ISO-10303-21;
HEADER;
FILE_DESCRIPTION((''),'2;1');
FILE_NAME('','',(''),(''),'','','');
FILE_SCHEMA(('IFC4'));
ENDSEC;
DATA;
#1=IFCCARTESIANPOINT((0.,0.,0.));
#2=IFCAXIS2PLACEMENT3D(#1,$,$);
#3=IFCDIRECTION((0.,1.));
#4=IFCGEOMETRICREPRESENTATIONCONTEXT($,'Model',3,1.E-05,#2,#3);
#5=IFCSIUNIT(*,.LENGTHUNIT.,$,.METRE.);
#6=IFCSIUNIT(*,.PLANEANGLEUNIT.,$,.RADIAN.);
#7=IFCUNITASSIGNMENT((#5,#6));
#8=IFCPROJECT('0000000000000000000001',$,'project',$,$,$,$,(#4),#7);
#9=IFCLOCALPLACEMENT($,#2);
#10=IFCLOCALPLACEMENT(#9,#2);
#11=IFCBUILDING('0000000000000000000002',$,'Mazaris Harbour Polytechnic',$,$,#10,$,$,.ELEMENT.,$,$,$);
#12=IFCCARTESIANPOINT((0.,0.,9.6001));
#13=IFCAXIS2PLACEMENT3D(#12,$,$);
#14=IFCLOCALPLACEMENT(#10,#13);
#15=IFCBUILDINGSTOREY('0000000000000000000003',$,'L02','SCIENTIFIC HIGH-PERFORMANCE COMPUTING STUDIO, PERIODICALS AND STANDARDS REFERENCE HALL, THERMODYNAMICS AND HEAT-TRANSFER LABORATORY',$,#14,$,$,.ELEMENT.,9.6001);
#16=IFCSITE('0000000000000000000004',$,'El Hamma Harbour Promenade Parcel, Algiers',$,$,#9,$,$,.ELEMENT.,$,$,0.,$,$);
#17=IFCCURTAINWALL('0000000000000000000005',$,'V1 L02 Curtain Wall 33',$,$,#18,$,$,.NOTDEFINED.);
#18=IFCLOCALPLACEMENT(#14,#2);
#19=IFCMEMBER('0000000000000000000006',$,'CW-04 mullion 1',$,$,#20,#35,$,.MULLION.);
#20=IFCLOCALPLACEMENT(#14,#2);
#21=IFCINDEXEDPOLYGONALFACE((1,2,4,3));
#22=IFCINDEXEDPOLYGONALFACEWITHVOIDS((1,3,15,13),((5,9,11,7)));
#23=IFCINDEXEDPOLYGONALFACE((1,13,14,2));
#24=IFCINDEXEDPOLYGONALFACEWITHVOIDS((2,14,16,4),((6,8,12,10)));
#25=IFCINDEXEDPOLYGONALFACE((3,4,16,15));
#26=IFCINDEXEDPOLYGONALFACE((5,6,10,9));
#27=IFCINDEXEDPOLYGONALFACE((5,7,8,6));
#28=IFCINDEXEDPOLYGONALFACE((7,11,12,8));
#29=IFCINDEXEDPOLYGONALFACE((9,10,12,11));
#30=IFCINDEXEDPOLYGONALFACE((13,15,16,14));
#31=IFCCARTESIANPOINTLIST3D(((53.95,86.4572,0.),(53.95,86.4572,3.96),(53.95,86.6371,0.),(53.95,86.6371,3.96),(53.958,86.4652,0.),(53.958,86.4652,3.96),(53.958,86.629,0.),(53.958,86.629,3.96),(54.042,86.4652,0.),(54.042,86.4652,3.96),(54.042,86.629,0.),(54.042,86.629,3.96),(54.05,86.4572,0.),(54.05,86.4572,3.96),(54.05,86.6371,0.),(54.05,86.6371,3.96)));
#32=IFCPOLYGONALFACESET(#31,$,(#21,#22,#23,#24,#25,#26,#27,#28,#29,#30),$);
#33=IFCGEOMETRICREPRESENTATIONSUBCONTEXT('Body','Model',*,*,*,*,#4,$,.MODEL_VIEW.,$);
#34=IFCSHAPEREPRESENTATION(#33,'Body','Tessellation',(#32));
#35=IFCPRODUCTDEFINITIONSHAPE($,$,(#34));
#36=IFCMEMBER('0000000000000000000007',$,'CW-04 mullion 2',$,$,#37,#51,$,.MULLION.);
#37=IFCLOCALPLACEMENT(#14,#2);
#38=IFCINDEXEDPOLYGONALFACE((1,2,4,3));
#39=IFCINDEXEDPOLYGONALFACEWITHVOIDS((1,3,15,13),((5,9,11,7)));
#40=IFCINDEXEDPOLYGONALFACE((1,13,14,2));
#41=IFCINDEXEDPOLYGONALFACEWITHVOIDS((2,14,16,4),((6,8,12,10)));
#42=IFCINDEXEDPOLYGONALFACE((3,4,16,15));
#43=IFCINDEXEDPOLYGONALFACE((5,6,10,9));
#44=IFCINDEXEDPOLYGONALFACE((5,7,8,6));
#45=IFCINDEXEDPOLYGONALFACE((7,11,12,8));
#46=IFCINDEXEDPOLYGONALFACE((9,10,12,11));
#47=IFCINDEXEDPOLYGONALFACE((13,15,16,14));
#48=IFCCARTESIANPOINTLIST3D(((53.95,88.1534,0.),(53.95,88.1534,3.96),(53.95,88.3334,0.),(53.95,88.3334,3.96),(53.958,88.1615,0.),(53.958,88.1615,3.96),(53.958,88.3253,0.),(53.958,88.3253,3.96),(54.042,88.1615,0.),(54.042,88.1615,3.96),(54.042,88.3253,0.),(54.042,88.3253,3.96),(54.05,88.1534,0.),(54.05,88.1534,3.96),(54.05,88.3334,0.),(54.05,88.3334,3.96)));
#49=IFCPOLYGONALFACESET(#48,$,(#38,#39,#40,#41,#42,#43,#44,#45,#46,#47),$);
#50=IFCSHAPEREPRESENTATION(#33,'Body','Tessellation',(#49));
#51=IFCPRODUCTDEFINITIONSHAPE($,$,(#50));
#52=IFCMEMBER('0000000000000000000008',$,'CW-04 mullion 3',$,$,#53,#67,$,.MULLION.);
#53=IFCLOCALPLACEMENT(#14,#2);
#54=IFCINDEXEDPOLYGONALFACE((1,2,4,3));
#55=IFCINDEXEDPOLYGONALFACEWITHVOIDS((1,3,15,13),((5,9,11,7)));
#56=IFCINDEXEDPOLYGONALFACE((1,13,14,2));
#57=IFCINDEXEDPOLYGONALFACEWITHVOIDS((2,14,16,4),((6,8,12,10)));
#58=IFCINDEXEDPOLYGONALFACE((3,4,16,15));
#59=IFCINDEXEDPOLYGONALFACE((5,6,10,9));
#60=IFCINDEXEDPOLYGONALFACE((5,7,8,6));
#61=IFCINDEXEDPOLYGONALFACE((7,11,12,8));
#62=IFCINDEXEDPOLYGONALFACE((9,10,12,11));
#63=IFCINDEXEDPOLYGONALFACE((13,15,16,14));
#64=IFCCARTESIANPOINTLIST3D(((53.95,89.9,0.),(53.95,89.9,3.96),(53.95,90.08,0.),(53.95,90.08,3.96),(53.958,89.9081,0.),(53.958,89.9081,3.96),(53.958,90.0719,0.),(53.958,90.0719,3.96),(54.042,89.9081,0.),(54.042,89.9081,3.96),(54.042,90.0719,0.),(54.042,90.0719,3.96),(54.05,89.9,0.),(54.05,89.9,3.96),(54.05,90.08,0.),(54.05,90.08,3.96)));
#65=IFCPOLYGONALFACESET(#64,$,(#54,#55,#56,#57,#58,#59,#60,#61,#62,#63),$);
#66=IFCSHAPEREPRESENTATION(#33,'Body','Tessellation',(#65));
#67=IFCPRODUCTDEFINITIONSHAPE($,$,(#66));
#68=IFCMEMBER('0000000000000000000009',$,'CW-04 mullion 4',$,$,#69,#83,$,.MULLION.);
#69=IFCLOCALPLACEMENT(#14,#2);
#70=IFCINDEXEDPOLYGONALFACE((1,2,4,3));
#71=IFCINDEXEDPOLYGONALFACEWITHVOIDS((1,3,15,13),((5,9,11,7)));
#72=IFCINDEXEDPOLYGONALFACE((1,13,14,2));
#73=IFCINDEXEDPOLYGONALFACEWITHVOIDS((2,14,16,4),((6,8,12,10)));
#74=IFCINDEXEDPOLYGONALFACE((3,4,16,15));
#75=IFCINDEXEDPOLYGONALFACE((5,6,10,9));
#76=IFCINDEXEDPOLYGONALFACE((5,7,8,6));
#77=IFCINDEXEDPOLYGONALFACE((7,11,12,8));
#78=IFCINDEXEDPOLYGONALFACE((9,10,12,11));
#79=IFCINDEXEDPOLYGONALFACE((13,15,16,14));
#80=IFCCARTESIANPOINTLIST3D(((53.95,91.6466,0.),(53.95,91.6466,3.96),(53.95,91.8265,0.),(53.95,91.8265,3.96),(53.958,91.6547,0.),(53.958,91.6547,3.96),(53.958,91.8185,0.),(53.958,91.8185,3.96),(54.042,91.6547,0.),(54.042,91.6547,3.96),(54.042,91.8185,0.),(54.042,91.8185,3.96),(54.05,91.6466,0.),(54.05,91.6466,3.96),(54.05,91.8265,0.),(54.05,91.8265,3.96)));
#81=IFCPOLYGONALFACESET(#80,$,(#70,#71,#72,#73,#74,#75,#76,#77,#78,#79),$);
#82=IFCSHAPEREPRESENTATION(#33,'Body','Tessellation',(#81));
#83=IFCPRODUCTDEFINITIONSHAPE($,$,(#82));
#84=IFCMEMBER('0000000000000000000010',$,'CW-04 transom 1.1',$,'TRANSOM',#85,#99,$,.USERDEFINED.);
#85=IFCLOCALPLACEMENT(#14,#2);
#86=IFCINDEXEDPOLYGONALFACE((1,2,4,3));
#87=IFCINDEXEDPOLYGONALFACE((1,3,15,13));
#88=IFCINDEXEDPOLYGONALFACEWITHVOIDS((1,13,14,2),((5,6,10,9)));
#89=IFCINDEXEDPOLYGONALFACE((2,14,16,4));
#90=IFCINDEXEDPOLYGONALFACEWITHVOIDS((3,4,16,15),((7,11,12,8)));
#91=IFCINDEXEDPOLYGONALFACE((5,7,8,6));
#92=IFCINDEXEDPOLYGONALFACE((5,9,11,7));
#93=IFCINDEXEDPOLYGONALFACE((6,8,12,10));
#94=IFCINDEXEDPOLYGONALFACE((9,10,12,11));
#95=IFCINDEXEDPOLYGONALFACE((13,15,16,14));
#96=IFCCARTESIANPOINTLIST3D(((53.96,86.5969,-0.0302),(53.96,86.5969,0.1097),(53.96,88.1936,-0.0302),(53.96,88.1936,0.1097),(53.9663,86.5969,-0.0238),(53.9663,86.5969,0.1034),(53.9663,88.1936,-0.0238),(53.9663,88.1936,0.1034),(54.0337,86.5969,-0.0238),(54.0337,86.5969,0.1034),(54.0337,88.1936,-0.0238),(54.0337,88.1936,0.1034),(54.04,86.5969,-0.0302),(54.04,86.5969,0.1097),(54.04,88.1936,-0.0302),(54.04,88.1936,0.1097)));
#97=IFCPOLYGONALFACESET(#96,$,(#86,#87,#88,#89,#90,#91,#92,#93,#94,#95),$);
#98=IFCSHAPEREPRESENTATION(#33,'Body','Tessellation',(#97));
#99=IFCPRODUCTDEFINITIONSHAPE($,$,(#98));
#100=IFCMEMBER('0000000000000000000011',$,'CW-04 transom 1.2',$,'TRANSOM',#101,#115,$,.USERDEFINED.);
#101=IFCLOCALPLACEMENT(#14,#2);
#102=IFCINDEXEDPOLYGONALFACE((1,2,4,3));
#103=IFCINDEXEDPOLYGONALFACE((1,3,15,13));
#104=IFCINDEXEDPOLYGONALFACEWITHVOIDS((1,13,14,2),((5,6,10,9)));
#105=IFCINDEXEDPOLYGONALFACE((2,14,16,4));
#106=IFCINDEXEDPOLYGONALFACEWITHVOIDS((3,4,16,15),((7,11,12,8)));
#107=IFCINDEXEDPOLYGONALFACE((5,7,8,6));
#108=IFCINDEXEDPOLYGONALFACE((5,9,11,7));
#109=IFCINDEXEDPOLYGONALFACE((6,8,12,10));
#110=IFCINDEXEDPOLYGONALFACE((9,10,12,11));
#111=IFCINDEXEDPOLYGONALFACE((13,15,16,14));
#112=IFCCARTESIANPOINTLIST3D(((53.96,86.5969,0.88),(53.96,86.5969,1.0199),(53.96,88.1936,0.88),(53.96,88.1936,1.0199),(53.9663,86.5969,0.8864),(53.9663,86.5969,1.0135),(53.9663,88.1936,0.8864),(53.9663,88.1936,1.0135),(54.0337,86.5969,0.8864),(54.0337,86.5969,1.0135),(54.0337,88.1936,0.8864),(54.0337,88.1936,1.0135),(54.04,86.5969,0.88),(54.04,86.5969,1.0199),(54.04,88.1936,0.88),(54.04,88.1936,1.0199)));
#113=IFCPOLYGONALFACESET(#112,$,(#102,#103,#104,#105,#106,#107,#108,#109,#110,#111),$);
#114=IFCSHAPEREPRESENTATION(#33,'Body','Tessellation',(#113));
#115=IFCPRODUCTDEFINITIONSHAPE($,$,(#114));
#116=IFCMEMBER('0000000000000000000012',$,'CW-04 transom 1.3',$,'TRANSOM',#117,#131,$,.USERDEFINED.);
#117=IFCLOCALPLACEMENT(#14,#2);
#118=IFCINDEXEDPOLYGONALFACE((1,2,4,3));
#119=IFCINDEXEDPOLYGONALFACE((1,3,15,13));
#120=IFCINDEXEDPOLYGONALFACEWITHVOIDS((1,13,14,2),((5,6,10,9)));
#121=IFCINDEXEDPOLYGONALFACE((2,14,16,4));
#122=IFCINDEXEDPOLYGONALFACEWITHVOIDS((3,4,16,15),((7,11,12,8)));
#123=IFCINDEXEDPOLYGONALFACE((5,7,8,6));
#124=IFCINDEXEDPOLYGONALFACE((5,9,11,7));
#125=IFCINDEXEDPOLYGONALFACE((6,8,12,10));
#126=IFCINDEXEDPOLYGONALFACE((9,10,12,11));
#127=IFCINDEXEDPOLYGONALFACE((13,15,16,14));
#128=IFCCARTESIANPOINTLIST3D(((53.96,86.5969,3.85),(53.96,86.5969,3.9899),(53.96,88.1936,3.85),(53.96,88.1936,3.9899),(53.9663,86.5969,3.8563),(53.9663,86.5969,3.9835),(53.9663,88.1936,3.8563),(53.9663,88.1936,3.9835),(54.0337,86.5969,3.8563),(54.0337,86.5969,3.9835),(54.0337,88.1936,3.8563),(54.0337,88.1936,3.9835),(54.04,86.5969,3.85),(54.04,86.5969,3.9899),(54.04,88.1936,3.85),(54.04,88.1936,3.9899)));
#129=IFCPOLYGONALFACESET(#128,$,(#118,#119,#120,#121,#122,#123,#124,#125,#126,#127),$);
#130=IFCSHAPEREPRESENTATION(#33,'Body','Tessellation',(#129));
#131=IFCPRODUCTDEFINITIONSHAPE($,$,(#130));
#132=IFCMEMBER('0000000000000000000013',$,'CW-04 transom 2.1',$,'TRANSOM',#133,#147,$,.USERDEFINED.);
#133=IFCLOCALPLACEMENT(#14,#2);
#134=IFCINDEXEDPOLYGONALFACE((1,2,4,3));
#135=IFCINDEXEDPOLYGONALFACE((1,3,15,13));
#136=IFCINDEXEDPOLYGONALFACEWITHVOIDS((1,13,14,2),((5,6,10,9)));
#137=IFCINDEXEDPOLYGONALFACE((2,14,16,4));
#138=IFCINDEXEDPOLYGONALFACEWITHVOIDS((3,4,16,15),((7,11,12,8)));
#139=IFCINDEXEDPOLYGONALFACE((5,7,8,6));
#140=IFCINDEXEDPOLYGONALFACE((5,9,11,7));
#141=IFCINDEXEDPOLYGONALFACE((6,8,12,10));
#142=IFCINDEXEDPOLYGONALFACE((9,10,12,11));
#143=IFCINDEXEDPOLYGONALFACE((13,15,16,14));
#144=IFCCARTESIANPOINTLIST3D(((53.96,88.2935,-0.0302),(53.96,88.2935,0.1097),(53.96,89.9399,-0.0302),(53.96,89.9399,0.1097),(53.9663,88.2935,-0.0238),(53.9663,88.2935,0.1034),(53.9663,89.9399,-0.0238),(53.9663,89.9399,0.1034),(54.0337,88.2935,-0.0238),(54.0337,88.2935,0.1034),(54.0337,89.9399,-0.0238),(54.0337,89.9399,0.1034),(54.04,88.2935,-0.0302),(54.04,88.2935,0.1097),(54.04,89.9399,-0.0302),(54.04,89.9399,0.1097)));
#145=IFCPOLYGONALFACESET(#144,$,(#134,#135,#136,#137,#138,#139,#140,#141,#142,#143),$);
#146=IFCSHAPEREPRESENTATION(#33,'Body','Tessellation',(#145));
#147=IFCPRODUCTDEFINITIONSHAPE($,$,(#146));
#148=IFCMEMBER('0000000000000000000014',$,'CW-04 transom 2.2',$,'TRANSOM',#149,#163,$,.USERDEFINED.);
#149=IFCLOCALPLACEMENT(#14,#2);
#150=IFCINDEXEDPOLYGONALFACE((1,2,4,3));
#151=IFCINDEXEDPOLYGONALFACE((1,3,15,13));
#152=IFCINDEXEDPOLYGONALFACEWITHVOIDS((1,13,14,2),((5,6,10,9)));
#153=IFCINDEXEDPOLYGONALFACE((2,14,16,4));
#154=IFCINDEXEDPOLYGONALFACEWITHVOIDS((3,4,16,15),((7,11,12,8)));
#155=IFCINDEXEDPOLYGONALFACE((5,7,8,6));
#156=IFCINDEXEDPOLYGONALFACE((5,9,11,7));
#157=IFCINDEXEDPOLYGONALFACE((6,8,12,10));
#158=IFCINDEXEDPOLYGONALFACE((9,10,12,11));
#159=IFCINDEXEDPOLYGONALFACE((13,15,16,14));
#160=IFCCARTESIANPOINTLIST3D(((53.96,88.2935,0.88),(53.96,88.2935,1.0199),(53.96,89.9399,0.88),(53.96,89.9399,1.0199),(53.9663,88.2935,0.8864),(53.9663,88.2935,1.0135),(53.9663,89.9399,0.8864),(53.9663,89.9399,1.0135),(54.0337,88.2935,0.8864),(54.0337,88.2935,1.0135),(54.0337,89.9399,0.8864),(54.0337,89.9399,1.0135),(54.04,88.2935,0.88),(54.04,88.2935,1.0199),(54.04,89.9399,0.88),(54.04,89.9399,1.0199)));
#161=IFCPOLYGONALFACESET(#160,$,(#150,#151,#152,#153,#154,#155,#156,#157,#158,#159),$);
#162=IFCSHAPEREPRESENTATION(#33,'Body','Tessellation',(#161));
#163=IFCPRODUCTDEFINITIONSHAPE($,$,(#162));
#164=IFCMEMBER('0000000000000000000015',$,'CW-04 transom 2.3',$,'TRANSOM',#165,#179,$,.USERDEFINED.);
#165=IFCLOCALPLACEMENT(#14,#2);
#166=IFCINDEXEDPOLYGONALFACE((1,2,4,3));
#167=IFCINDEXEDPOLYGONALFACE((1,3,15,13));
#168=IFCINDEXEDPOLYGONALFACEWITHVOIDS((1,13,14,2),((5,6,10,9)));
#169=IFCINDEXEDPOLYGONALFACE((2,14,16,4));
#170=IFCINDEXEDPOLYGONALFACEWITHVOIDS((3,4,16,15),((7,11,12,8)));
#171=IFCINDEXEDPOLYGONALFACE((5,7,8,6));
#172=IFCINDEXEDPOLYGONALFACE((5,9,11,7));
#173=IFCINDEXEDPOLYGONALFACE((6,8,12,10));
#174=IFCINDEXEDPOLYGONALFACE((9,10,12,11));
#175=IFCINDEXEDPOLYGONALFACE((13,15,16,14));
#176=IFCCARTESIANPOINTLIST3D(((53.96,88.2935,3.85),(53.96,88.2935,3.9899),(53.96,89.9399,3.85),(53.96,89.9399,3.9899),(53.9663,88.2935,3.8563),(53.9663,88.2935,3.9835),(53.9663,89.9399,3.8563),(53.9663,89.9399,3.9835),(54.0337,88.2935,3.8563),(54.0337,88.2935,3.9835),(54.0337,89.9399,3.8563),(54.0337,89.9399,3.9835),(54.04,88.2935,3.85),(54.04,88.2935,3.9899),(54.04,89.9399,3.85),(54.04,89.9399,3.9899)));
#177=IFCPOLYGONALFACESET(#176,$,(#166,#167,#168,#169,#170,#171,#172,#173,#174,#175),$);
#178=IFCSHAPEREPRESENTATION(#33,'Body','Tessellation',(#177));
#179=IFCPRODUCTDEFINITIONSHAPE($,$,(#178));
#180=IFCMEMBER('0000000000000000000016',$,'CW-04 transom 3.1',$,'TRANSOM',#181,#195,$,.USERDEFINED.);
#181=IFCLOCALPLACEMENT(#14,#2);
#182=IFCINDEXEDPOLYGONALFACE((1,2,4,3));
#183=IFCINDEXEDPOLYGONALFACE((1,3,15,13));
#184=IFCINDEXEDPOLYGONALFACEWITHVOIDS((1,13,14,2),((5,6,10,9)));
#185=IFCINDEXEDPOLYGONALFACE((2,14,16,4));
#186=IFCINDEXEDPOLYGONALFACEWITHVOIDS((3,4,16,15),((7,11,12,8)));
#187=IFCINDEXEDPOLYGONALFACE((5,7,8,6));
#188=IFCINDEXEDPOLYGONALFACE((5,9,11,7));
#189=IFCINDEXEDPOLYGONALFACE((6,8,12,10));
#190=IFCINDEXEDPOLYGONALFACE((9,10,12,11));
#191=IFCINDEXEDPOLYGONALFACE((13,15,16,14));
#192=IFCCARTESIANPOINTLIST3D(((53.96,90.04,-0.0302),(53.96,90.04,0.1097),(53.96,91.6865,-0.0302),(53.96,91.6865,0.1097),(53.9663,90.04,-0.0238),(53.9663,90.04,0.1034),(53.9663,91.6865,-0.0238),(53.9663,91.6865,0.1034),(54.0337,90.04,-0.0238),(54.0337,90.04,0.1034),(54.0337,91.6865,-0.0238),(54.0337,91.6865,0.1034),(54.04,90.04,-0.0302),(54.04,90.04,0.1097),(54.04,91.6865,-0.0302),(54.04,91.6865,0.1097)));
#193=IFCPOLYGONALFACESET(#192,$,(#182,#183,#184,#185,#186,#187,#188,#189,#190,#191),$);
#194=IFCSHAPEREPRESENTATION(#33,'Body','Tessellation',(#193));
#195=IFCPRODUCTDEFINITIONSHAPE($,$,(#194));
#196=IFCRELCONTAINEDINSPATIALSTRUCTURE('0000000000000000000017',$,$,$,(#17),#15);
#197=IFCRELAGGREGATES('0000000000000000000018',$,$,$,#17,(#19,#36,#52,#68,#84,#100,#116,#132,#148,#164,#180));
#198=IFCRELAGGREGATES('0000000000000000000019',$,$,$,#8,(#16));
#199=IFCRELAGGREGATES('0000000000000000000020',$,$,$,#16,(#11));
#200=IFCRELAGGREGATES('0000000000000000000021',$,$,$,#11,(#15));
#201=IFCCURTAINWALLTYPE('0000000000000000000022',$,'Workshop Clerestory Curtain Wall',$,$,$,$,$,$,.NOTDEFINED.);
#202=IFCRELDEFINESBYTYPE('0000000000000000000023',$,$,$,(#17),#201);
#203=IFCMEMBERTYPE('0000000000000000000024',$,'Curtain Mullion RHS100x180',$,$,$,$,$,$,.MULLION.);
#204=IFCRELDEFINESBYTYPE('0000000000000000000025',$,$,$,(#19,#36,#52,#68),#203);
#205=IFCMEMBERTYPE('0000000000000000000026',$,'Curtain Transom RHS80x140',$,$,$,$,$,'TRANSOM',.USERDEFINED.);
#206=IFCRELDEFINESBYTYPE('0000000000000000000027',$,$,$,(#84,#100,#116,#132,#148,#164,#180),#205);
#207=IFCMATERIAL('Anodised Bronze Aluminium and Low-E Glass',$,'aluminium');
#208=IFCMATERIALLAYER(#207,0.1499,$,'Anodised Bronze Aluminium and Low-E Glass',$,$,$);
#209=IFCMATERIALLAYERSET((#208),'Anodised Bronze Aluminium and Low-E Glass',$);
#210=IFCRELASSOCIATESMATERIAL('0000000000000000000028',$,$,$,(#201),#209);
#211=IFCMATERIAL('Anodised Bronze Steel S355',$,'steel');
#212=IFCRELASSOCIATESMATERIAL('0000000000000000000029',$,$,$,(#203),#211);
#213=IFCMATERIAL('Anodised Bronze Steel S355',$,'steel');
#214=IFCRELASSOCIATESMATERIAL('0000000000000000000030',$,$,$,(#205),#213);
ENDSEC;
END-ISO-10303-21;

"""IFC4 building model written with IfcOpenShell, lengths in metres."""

from ifc_helpers import new_model, si_unit, direction, frame, origin, origin_2d, place, context, subcontext, project, spatial, hollow_rectangle, extrude, material, layer, layer_set, material_profile, profile_set, type_object, element, aggregate, save


model = new_model("IFC4")

# Units and contexts
model_context = context("Model", 3, precision=1e-05, world=origin(), true_north=direction((0.0, 1.0)))
body_context = subcontext(model_context, "Body", "Model", "MODEL_VIEW")
ifc_project = project(units=[si_unit("LENGTHUNIT", "METRE"), si_unit("PLANEANGLEUNIT", "RADIAN")], contexts=[model_context])

# Site, building, storey
site_placement = place(None, origin())
site = spatial("IfcSite", under=ifc_project, at=site_placement, Name="El Hamma Harbour Promenade Parcel, Algiers", CompositionType="ELEMENT", RefElevation=0.0)
building_placement = place(site_placement, origin())
building = spatial("IfcBuilding", under=site, at=building_placement, Name="Mazaris Harbour Polytechnic", CompositionType="ELEMENT")
storey_placement = place(building_placement, frame((0.0, 0.0, 9.6001)))
storey = spatial("IfcBuildingStorey", under=building, at=storey_placement, Name="L02", Description="SCIENTIFIC HIGH-PERFORMANCE COMPUTING STUDIO, PERIODICALS AND STANDARDS REFERENCE HALL, THERMODYNAMICS AND HEAT-TRANSFER LABORATORY", CompositionType="ELEMENT", Elevation=9.6001)

# Curtain wall, members
ifc_material_1 = material(Name="Anodised Bronze Aluminium and Low-E Glass", Category="aluminium")
ifc_layer_1 = layer(ifc_material_1, 0.1499, Name="Anodised Bronze Aluminium and Low-E Glass")
ifc_layer_set_1 = layer_set([ifc_layer_1], Name="Anodised Bronze Aluminium and Low-E Glass")
curtain_wall_type = type_object("IfcCurtainWallType", Name="Workshop Clerestory Curtain Wall", PredefinedType="NOTDEFINED", material=ifc_layer_set_1)
curtain_wall_placement = place(storey_placement, origin())
curtain_wall = element("IfcCurtainWall", 1, at=curtain_wall_placement, inside=storey, type_object=curtain_wall_type, Name="V1 L02 Curtain Wall 33", PredefinedType="NOTDEFINED")
ifc_material_2 = material(Name="Anodised Bronze Steel S355", Category="steel")
ifc_material_profile_1 = material_profile(ifc_material_2, hollow_rectangle(XDim=0.1001, YDim=0.1799, WallThickness=0.0081, at=origin_2d()), Name="RHS 100x180x8.0")
ifc_profile_set_1 = profile_set([ifc_material_profile_1], Name="Anodised Bronze Steel S355")
member_type_1 = type_object("IfcMemberType", Name="Curtain Mullion RHS100x180", PredefinedType="MULLION", material=ifc_profile_set_1)
member_1_placement = place(storey_placement, frame((54.0, 86.5471, 0.0), z_axis=(0.0, 0.0, 1.0), x_axis=(-1.0, 0.0, 0.0)))
member_1 = element("IfcMember", 2, at=member_1_placement, type_object=member_type_1, Name="CW-04 mullion 1", PredefinedType="MULLION", context=body_context, shape_type="SweptSolid", body=[
    extrude(hollow_rectangle(XDim=0.1001, YDim=0.1799, WallThickness=0.0081, at=origin_2d()), origin(), (0.0, 0.0, 1.0), 3.96),
])
member_2_placement = place(storey_placement, frame((54.0, 88.2434, 0.0), z_axis=(0.0, 0.0, 1.0), x_axis=(-1.0, 0.0, 0.0)))
member_2 = element("IfcMember", 3, at=member_2_placement, type_object=member_type_1, Name="CW-04 mullion 2", PredefinedType="MULLION", context=body_context, shape_type="SweptSolid", body=[
    extrude(hollow_rectangle(XDim=0.1001, YDim=0.1799, WallThickness=0.0081, at=origin_2d()), origin(), (0.0, 0.0, 1.0), 3.96),
])
member_3_placement = place(storey_placement, frame((54.0, 89.99, 0.0), z_axis=(0.0, 0.0, 1.0), x_axis=(-1.0, 0.0, 0.0)))
member_3 = element("IfcMember", 4, at=member_3_placement, type_object=member_type_1, Name="CW-04 mullion 3", PredefinedType="MULLION", context=body_context, shape_type="SweptSolid", body=[
    extrude(hollow_rectangle(XDim=0.1001, YDim=0.1799, WallThickness=0.0081, at=origin_2d()), origin(), (0.0, 0.0, 1.0), 3.96),
])
member_4_placement = place(storey_placement, frame((54.0, 91.7366, 0.0), z_axis=(0.0, 0.0, 1.0), x_axis=(-1.0, 0.0, 0.0)))
member_4 = element("IfcMember", 5, at=member_4_placement, type_object=member_type_1, Name="CW-04 mullion 4", PredefinedType="MULLION", context=body_context, shape_type="SweptSolid", body=[
    extrude(hollow_rectangle(XDim=0.1001, YDim=0.1799, WallThickness=0.0081, at=origin_2d()), origin(), (0.0, 0.0, 1.0), 3.96),
])
ifc_material_3 = material(Name="Anodised Bronze Steel S355", Category="steel")
ifc_material_profile_2 = material_profile(ifc_material_3, hollow_rectangle(XDim=0.0801, YDim=0.1399, WallThickness=0.0063, at=origin_2d()), Name="RHS 80x140x6.3")
ifc_profile_set_2 = profile_set([ifc_material_profile_2], Name="Anodised Bronze Steel S355")
member_type_2 = type_object("IfcMemberType", Name="Curtain Transom RHS80x140", ElementType="TRANSOM", PredefinedType="USERDEFINED", material=ifc_profile_set_2)
member_5_placement = place(storey_placement, frame((54.0, 86.5969, 0.0398), z_axis=(0.0, 1.0, 0.0), x_axis=(-1.0, 0.0, 0.0)))
member_5 = element("IfcMember", 6, at=member_5_placement, type_object=member_type_2, Name="CW-04 transom 1.1", ObjectType="TRANSOM", PredefinedType="USERDEFINED", context=body_context, shape_type="SweptSolid", body=[
    extrude(hollow_rectangle(XDim=0.0801, YDim=0.1399, WallThickness=0.0063, at=origin_2d()), origin(), (0.0, 0.0, 1.0), 1.5967),
])
member_6_placement = place(storey_placement, frame((54.0, 86.5969, 0.95), z_axis=(0.0, 1.0, 0.0), x_axis=(-1.0, 0.0, 0.0)))
member_6 = element("IfcMember", 7, at=member_6_placement, type_object=member_type_2, Name="CW-04 transom 1.2", ObjectType="TRANSOM", PredefinedType="USERDEFINED", context=body_context, shape_type="SweptSolid", body=[
    extrude(hollow_rectangle(XDim=0.0801, YDim=0.1399, WallThickness=0.0063, at=origin_2d()), origin(), (0.0, 0.0, 1.0), 1.5967),
])
member_7_placement = place(storey_placement, frame((54.0, 86.5969, 3.9199), z_axis=(0.0, 1.0, 0.0), x_axis=(-1.0, 0.0, 0.0)))
member_7 = element("IfcMember", 8, at=member_7_placement, type_object=member_type_2, Name="CW-04 transom 1.3", ObjectType="TRANSOM", PredefinedType="USERDEFINED", context=body_context, shape_type="SweptSolid", body=[
    extrude(hollow_rectangle(XDim=0.0801, YDim=0.1399, WallThickness=0.0063, at=origin_2d()), origin(), (0.0, 0.0, 1.0), 1.5967),
])
member_8_placement = place(storey_placement, frame((54.0, 88.2935, 0.0398), z_axis=(0.0, 1.0, 0.0), x_axis=(-1.0, 0.0, 0.0)))
member_8 = element("IfcMember", 9, at=member_8_placement, type_object=member_type_2, Name="CW-04 transom 2.1", ObjectType="TRANSOM", PredefinedType="USERDEFINED", context=body_context, shape_type="SweptSolid", body=[
    extrude(hollow_rectangle(XDim=0.0801, YDim=0.1399, WallThickness=0.0063, at=origin_2d()), origin(), (0.0, 0.0, 1.0), 1.6465),
])
member_9_placement = place(storey_placement, frame((54.0, 88.2935, 0.95), z_axis=(0.0, 1.0, 0.0), x_axis=(-1.0, 0.0, 0.0)))
member_9 = element("IfcMember", 10, at=member_9_placement, type_object=member_type_2, Name="CW-04 transom 2.2", ObjectType="TRANSOM", PredefinedType="USERDEFINED", context=body_context, shape_type="SweptSolid", body=[
    extrude(hollow_rectangle(XDim=0.0801, YDim=0.1399, WallThickness=0.0063, at=origin_2d()), origin(), (0.0, 0.0, 1.0), 1.6465),
])
member_10_placement = place(storey_placement, frame((54.0, 88.2935, 3.9199), z_axis=(0.0, 1.0, 0.0), x_axis=(-1.0, 0.0, 0.0)))
member_10 = element("IfcMember", 11, at=member_10_placement, type_object=member_type_2, Name="CW-04 transom 2.3", ObjectType="TRANSOM", PredefinedType="USERDEFINED", context=body_context, shape_type="SweptSolid", body=[
    extrude(hollow_rectangle(XDim=0.0801, YDim=0.1399, WallThickness=0.0063, at=origin_2d()), origin(), (0.0, 0.0, 1.0), 1.6465),
])
member_11_placement = place(storey_placement, frame((54.0, 90.04, 0.0398), z_axis=(0.0, 1.0, 0.0), x_axis=(-1.0, 0.0, 0.0)))
member_11 = element("IfcMember", 12, at=member_11_placement, type_object=member_type_2, Name="CW-04 transom 3.1", ObjectType="TRANSOM", PredefinedType="USERDEFINED", context=body_context, shape_type="SweptSolid", body=[
    extrude(hollow_rectangle(XDim=0.0801, YDim=0.1399, WallThickness=0.0063, at=origin_2d()), origin(), (0.0, 0.0, 1.0), 1.6465),
])

aggregate(curtain_wall, [member_1, member_2, member_3, member_4, member_5, member_6, member_7, member_8, member_9, member_10, member_11])

save(model, "model.ifc")
